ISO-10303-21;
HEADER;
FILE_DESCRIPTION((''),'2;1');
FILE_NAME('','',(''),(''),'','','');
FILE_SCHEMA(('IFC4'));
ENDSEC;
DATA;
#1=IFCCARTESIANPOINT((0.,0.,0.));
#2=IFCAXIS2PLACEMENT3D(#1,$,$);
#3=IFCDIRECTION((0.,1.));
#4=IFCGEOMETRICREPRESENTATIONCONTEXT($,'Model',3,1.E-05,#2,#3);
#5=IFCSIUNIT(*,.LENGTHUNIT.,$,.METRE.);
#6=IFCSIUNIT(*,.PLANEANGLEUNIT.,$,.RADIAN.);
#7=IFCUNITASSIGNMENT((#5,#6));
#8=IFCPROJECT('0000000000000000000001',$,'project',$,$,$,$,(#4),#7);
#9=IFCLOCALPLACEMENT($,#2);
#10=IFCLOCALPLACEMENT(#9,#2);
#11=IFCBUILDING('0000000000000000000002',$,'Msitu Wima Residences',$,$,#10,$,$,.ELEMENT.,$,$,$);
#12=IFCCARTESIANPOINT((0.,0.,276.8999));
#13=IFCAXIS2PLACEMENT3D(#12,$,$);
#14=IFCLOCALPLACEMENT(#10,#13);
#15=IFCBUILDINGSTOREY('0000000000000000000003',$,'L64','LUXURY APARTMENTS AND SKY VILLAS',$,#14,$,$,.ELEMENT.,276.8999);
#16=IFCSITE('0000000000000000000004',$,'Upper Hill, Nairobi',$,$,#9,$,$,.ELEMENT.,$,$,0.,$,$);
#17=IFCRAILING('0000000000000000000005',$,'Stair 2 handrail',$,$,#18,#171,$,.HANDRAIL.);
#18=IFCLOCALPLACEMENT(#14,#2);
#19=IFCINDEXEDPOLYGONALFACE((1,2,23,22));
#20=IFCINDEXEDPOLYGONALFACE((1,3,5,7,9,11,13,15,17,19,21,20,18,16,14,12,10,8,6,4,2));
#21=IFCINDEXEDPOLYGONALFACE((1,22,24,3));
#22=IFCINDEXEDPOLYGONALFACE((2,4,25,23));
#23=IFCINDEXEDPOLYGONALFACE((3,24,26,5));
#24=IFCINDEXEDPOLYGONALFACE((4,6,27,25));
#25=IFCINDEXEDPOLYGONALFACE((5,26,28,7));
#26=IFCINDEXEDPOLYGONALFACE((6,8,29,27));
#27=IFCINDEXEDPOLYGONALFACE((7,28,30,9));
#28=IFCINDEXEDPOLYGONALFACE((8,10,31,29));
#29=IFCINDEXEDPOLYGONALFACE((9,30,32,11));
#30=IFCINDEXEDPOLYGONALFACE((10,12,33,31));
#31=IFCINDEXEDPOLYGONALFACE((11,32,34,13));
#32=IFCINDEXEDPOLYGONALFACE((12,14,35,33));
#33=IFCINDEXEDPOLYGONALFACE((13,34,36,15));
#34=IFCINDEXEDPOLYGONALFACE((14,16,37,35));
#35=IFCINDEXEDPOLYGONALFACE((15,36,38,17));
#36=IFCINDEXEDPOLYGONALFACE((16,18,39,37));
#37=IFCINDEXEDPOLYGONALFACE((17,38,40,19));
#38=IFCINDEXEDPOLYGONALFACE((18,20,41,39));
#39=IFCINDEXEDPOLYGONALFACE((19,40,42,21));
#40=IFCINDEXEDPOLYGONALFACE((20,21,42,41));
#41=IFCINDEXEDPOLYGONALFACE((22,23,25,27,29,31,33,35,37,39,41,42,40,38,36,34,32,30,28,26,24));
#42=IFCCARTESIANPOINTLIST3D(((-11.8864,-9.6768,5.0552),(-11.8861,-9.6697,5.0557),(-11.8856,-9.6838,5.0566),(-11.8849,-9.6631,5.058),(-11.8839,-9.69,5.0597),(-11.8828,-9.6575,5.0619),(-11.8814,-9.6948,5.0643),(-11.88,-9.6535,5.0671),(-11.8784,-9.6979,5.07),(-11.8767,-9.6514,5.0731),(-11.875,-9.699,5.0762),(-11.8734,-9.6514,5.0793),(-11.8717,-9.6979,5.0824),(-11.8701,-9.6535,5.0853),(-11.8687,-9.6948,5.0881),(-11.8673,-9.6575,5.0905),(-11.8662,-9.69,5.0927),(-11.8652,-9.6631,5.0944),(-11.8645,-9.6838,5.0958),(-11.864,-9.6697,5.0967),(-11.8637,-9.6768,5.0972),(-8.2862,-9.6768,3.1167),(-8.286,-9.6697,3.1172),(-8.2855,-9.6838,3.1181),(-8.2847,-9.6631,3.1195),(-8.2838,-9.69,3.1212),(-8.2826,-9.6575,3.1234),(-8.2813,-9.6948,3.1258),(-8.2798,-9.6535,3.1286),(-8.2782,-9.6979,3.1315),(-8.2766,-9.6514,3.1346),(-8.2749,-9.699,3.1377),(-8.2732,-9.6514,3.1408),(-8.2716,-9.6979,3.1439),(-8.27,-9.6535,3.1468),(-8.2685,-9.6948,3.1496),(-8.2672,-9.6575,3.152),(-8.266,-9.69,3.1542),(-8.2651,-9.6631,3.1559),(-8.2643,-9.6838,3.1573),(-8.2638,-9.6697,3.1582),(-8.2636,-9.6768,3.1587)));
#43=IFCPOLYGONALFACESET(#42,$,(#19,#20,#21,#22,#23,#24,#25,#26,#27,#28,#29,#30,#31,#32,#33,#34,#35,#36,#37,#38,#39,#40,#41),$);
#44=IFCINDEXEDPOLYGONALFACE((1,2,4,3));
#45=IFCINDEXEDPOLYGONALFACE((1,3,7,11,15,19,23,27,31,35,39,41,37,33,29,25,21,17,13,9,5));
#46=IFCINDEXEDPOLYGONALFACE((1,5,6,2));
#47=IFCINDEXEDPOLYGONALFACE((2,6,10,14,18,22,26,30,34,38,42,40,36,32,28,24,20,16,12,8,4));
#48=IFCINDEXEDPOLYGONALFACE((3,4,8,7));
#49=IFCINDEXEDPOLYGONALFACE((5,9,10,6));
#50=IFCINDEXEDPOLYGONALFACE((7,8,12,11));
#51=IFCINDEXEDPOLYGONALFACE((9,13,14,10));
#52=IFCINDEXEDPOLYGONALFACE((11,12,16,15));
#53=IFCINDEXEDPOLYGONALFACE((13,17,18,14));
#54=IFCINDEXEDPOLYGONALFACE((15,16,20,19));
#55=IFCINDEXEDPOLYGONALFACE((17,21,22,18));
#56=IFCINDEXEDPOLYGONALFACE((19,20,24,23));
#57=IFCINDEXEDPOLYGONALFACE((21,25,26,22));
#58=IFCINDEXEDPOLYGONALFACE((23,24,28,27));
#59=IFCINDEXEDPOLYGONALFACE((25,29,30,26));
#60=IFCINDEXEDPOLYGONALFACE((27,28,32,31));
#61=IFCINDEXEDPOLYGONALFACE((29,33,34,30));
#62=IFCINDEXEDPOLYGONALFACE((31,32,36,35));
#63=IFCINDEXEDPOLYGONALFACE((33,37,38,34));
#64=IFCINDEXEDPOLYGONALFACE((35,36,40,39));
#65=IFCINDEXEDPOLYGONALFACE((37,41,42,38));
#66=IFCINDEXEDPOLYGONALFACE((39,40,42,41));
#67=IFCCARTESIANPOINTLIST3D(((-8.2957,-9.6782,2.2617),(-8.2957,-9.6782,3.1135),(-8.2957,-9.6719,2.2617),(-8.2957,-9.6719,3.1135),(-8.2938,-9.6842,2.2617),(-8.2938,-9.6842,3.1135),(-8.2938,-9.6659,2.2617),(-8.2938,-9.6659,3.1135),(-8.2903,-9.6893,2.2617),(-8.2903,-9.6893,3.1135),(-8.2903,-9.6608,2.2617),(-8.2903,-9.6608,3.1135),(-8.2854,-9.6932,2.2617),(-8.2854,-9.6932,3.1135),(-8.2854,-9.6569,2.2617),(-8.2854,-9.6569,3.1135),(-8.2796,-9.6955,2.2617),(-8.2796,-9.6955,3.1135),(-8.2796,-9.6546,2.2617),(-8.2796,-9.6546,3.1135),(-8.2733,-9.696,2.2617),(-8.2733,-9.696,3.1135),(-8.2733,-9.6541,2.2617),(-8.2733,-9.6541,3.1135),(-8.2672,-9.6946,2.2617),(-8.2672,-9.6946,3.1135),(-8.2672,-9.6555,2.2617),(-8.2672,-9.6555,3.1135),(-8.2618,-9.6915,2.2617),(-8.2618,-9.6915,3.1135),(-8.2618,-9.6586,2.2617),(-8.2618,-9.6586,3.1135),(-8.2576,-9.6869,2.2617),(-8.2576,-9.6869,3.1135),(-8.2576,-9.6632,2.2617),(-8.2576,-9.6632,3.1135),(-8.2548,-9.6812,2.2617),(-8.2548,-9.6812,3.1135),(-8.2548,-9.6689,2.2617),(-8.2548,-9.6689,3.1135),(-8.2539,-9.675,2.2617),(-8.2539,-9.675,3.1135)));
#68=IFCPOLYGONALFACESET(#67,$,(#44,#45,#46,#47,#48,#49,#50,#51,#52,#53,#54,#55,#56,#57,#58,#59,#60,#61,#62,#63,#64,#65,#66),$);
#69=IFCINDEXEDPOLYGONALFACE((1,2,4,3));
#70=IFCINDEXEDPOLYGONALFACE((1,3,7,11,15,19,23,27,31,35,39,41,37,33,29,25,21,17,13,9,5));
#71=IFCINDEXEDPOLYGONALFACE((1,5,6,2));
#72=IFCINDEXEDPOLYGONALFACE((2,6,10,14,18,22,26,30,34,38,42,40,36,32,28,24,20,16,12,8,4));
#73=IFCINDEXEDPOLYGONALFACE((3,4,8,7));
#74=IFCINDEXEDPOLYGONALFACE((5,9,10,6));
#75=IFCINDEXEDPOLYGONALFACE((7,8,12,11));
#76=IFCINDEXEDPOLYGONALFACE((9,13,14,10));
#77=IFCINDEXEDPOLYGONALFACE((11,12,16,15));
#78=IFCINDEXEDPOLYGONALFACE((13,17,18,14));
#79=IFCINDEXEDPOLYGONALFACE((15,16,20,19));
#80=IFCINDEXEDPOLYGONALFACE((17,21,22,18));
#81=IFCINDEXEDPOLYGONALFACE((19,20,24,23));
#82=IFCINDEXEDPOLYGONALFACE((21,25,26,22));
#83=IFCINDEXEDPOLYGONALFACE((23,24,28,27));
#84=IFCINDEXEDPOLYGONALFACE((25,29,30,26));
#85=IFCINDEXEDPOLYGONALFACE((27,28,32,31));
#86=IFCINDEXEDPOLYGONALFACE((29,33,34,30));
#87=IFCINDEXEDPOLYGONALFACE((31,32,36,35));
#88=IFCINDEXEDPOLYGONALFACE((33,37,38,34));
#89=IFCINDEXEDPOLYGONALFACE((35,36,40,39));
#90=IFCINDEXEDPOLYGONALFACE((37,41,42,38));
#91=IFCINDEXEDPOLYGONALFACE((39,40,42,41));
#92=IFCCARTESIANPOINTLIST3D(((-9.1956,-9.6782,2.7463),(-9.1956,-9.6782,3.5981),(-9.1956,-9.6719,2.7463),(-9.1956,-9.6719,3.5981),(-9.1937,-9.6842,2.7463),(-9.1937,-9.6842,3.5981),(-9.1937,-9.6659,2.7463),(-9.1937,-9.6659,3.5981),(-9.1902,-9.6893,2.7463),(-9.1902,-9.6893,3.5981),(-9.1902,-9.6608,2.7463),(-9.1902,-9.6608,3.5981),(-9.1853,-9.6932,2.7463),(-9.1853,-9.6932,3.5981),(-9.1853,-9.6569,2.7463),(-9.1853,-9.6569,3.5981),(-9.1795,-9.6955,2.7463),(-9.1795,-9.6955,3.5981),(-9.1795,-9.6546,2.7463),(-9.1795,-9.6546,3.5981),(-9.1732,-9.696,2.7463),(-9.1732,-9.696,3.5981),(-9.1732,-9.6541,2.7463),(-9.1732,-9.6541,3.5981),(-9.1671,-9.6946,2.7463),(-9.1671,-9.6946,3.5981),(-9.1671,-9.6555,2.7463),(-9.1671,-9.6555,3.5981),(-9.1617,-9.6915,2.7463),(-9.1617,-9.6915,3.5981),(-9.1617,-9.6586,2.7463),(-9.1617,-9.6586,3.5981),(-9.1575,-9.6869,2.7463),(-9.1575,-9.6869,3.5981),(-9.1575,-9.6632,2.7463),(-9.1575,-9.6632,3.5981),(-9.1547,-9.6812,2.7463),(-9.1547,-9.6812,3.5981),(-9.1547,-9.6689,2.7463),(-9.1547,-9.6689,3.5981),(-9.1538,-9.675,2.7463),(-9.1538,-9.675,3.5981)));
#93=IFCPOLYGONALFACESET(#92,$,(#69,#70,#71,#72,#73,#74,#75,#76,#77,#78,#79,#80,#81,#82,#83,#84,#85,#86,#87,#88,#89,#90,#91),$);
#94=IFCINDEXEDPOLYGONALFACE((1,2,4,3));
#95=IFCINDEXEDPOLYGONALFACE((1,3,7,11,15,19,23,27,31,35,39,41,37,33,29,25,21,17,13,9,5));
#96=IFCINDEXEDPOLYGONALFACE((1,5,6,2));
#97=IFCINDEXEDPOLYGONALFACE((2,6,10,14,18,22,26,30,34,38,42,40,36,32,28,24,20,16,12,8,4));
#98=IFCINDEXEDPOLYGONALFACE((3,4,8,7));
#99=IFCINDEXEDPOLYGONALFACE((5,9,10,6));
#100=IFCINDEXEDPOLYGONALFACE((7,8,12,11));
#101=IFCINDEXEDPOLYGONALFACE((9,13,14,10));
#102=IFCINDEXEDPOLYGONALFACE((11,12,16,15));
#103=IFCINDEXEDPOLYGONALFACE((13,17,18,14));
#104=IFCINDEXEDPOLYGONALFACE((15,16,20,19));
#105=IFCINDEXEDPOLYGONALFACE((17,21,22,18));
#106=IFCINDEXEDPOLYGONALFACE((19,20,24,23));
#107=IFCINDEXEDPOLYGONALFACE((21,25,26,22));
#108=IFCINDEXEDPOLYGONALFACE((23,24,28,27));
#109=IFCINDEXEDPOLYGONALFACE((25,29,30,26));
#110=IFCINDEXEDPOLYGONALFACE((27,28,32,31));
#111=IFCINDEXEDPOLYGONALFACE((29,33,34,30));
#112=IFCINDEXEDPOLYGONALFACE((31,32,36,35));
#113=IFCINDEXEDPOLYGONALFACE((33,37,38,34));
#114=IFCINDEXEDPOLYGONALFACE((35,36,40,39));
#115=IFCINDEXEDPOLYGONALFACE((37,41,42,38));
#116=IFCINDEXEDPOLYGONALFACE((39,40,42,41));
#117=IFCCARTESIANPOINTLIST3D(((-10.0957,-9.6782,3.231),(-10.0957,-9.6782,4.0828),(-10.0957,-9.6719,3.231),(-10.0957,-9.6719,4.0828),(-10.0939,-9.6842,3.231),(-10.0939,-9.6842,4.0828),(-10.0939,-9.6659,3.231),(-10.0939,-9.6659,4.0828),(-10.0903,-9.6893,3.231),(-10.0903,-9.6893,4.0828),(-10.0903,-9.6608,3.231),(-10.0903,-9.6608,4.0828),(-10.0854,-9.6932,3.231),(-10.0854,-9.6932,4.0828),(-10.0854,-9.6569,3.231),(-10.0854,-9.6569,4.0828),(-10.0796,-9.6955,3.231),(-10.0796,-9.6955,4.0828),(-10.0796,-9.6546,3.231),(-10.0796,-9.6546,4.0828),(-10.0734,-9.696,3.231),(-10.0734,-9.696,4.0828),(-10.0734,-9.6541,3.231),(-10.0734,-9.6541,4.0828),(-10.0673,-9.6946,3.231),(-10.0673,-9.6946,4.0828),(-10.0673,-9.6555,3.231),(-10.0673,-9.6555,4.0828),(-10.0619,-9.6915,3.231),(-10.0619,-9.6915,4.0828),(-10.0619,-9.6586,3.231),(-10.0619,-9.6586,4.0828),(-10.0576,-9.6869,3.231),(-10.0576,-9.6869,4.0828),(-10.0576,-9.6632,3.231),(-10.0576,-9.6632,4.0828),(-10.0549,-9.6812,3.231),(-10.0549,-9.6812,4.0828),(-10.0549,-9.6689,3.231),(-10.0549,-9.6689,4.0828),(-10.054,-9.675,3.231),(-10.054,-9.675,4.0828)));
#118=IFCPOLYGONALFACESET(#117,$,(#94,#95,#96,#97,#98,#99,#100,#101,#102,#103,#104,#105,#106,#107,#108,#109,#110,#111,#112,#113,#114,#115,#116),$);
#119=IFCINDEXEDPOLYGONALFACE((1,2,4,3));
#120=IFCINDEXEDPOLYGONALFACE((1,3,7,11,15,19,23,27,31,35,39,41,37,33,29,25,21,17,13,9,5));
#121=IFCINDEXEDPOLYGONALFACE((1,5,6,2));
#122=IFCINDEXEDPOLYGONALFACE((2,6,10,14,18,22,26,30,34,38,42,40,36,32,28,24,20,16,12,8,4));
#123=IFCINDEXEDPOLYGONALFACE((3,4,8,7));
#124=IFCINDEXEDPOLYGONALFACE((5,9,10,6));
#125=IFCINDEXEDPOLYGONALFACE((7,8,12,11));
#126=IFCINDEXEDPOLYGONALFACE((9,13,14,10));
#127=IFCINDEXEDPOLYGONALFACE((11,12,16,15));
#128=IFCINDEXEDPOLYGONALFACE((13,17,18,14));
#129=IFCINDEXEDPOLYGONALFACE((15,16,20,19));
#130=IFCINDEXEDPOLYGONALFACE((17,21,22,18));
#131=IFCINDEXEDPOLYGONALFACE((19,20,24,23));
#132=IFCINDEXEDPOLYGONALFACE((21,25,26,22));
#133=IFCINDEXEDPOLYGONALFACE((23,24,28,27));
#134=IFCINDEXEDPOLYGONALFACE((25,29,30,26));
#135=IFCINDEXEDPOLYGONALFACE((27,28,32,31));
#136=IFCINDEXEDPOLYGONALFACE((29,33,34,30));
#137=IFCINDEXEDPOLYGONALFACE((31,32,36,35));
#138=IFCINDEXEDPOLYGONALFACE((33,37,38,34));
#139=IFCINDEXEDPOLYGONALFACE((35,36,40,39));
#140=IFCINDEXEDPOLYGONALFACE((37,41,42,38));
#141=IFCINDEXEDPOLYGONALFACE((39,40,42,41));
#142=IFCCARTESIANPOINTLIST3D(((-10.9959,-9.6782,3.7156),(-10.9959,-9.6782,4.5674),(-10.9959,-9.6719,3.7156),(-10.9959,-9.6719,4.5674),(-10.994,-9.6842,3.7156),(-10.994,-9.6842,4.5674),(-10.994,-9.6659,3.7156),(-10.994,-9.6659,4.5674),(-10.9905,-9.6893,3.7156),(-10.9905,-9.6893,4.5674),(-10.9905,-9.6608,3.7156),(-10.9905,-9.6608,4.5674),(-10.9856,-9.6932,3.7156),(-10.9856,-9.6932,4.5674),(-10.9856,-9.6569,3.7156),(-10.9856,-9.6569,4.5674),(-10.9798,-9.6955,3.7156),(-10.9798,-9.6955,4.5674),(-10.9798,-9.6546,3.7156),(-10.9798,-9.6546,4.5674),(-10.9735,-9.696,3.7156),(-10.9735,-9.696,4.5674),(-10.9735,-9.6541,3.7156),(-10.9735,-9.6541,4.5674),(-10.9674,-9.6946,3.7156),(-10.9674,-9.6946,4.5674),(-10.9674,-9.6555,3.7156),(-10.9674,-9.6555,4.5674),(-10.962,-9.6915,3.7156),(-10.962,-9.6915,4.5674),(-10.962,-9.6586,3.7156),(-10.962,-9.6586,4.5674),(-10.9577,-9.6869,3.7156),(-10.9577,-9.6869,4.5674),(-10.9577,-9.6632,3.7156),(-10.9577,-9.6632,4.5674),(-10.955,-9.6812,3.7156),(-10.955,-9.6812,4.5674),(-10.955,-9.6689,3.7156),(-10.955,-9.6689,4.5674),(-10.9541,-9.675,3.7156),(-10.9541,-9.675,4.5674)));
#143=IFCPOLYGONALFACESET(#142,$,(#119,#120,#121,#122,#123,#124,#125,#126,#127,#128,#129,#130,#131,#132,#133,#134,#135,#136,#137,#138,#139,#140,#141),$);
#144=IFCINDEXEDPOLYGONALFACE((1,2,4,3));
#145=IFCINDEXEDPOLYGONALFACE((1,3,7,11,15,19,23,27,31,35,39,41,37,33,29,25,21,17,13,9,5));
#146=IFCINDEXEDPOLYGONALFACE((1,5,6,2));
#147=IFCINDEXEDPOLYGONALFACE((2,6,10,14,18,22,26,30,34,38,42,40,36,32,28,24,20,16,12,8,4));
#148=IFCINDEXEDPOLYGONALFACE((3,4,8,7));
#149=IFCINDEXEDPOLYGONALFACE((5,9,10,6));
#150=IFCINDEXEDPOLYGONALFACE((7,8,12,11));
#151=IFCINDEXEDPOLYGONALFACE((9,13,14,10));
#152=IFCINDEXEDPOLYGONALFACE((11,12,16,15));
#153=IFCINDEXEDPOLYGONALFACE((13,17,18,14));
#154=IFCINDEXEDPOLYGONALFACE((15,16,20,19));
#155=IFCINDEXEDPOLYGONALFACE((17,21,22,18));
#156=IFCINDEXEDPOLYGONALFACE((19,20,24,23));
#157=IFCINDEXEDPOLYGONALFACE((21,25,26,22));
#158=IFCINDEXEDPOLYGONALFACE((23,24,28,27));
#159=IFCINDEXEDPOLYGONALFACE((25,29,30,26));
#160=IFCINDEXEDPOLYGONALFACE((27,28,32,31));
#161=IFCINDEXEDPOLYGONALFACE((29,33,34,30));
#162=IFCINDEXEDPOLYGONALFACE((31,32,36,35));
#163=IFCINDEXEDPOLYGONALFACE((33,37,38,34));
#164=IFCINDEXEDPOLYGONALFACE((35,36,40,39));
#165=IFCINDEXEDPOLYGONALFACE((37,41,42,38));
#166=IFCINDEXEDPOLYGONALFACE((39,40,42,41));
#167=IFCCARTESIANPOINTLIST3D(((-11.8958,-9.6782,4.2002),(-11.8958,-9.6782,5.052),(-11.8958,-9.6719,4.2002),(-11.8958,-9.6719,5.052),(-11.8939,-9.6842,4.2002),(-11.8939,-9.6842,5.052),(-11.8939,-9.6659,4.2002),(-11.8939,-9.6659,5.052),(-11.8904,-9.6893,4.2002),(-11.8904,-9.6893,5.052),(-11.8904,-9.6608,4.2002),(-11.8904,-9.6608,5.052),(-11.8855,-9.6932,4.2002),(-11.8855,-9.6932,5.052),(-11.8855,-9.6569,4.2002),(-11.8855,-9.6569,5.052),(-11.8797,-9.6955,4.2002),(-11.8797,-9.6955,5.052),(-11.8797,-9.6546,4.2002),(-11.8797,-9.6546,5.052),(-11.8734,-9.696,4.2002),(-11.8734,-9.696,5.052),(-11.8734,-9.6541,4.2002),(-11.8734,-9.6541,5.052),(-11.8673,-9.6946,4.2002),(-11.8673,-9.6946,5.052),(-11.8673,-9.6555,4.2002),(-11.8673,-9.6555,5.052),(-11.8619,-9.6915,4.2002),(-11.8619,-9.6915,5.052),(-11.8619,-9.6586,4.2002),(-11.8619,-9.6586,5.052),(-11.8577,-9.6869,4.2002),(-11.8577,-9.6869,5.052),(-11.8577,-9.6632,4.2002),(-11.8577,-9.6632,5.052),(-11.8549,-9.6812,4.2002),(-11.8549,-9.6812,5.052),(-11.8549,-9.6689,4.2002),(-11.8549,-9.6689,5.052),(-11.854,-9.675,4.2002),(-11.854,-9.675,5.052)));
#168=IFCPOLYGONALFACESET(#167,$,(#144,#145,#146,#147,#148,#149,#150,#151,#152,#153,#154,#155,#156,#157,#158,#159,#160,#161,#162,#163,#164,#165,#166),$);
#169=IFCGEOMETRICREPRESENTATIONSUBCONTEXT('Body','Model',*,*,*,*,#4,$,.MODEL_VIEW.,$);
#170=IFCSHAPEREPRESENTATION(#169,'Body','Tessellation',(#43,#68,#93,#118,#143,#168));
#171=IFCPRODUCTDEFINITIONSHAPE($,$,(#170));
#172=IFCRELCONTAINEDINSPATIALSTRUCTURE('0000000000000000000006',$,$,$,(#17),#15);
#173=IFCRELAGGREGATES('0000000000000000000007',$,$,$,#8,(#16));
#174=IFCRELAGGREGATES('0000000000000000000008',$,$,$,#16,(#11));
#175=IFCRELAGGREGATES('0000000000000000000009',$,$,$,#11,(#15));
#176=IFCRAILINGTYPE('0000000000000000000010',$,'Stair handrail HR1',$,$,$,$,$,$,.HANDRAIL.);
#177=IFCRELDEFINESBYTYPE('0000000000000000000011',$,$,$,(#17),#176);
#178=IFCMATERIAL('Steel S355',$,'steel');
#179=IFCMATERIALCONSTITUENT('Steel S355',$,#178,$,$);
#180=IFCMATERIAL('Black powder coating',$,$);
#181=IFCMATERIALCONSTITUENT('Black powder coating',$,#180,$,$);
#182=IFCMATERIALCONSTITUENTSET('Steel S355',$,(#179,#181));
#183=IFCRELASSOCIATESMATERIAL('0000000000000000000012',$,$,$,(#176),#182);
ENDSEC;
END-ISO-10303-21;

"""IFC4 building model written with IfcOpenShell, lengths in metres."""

from ifc_helpers import new_model, si_unit, direction, frame, origin, origin_2d, place, context, subcontext, project, spatial, circle, extrude, material, constituent, constituent_set, type_object, element, save


model = new_model("IFC4")

# Units and contexts
model_context = context("Model", 3, precision=1e-05, world=origin(), true_north=direction((0.0, 1.0)))
body_context = subcontext(model_context, "Body", "Model", "MODEL_VIEW")
ifc_project = project(units=[si_unit("LENGTHUNIT", "METRE"), si_unit("PLANEANGLEUNIT", "RADIAN")], contexts=[model_context])

# Site, building, storey
site_placement = place(None, origin())
site = spatial("IfcSite", under=ifc_project, at=site_placement, Name="Upper Hill, Nairobi", CompositionType="ELEMENT", RefElevation=0.0)
building_placement = place(site_placement, origin())
building = spatial("IfcBuilding", under=site, at=building_placement, Name="Msitu Wima Residences", CompositionType="ELEMENT")
storey_placement = place(building_placement, frame((0.0, 0.0, 276.8999)))
storey = spatial("IfcBuildingStorey", under=building, at=storey_placement, Name="L64", Description="LUXURY APARTMENTS AND SKY VILLAS", CompositionType="ELEMENT", Elevation=276.8999)

# Railing
ifc_material_1 = material(Name="Steel S355", Category="steel")
ifc_constituent_1 = constituent(ifc_material_1, Name="Steel S355")
ifc_material_2 = material(Name="Black powder coating")
ifc_constituent_2 = constituent(ifc_material_2, Name="Black powder coating")
ifc_constituent_set = constituent_set(constituents=[ifc_constituent_1, ifc_constituent_2], Name="Steel S355")
railing_type = type_object("IfcRailingType", Name="Stair handrail HR1", PredefinedType="HANDRAIL", material=ifc_constituent_set)
railing_placement = place(storey_placement, frame((-8.2749, -9.675, 2.2617)))
element("IfcRailing", 1, at=railing_placement, inside=storey, type_object=railing_type, Name="Stair 2 handrail", PredefinedType="HANDRAIL", context=body_context, shape_type="SweptSolid", body=[
    extrude(circle(Radius=0.0239, at=origin_2d()), frame((0.0, 0.0, 0.876), z_axis=(-0.880475, 0.0, 0.474093), x_axis=(0.0, -1.0, 0.0)), (0.0, 0.0, 1.0), 4.0889),
    extrude(circle(Radius=0.021, at=origin_2d()), origin(), (0.0, 0.0, 1.0), 0.8518),
    extrude(circle(Radius=0.021, at=origin_2d()), frame((-0.8999, 0.0, 0.4846)), (0.0, 0.0, 1.0), 0.8518),
    extrude(circle(Radius=0.021, at=origin_2d()), frame((-1.8, 0.0, 0.9692)), (0.0, 0.0, 1.0), 0.8518),
    extrude(circle(Radius=0.021, at=origin_2d()), frame((-2.7002, 0.0, 1.4539)), (0.0, 0.0, 1.0), 0.8518),
    extrude(circle(Radius=0.021, at=origin_2d()), frame((-3.6001, 0.0, 1.9385)), (0.0, 0.0, 1.0), 0.8518),
])

save(model, "model.ifc")
